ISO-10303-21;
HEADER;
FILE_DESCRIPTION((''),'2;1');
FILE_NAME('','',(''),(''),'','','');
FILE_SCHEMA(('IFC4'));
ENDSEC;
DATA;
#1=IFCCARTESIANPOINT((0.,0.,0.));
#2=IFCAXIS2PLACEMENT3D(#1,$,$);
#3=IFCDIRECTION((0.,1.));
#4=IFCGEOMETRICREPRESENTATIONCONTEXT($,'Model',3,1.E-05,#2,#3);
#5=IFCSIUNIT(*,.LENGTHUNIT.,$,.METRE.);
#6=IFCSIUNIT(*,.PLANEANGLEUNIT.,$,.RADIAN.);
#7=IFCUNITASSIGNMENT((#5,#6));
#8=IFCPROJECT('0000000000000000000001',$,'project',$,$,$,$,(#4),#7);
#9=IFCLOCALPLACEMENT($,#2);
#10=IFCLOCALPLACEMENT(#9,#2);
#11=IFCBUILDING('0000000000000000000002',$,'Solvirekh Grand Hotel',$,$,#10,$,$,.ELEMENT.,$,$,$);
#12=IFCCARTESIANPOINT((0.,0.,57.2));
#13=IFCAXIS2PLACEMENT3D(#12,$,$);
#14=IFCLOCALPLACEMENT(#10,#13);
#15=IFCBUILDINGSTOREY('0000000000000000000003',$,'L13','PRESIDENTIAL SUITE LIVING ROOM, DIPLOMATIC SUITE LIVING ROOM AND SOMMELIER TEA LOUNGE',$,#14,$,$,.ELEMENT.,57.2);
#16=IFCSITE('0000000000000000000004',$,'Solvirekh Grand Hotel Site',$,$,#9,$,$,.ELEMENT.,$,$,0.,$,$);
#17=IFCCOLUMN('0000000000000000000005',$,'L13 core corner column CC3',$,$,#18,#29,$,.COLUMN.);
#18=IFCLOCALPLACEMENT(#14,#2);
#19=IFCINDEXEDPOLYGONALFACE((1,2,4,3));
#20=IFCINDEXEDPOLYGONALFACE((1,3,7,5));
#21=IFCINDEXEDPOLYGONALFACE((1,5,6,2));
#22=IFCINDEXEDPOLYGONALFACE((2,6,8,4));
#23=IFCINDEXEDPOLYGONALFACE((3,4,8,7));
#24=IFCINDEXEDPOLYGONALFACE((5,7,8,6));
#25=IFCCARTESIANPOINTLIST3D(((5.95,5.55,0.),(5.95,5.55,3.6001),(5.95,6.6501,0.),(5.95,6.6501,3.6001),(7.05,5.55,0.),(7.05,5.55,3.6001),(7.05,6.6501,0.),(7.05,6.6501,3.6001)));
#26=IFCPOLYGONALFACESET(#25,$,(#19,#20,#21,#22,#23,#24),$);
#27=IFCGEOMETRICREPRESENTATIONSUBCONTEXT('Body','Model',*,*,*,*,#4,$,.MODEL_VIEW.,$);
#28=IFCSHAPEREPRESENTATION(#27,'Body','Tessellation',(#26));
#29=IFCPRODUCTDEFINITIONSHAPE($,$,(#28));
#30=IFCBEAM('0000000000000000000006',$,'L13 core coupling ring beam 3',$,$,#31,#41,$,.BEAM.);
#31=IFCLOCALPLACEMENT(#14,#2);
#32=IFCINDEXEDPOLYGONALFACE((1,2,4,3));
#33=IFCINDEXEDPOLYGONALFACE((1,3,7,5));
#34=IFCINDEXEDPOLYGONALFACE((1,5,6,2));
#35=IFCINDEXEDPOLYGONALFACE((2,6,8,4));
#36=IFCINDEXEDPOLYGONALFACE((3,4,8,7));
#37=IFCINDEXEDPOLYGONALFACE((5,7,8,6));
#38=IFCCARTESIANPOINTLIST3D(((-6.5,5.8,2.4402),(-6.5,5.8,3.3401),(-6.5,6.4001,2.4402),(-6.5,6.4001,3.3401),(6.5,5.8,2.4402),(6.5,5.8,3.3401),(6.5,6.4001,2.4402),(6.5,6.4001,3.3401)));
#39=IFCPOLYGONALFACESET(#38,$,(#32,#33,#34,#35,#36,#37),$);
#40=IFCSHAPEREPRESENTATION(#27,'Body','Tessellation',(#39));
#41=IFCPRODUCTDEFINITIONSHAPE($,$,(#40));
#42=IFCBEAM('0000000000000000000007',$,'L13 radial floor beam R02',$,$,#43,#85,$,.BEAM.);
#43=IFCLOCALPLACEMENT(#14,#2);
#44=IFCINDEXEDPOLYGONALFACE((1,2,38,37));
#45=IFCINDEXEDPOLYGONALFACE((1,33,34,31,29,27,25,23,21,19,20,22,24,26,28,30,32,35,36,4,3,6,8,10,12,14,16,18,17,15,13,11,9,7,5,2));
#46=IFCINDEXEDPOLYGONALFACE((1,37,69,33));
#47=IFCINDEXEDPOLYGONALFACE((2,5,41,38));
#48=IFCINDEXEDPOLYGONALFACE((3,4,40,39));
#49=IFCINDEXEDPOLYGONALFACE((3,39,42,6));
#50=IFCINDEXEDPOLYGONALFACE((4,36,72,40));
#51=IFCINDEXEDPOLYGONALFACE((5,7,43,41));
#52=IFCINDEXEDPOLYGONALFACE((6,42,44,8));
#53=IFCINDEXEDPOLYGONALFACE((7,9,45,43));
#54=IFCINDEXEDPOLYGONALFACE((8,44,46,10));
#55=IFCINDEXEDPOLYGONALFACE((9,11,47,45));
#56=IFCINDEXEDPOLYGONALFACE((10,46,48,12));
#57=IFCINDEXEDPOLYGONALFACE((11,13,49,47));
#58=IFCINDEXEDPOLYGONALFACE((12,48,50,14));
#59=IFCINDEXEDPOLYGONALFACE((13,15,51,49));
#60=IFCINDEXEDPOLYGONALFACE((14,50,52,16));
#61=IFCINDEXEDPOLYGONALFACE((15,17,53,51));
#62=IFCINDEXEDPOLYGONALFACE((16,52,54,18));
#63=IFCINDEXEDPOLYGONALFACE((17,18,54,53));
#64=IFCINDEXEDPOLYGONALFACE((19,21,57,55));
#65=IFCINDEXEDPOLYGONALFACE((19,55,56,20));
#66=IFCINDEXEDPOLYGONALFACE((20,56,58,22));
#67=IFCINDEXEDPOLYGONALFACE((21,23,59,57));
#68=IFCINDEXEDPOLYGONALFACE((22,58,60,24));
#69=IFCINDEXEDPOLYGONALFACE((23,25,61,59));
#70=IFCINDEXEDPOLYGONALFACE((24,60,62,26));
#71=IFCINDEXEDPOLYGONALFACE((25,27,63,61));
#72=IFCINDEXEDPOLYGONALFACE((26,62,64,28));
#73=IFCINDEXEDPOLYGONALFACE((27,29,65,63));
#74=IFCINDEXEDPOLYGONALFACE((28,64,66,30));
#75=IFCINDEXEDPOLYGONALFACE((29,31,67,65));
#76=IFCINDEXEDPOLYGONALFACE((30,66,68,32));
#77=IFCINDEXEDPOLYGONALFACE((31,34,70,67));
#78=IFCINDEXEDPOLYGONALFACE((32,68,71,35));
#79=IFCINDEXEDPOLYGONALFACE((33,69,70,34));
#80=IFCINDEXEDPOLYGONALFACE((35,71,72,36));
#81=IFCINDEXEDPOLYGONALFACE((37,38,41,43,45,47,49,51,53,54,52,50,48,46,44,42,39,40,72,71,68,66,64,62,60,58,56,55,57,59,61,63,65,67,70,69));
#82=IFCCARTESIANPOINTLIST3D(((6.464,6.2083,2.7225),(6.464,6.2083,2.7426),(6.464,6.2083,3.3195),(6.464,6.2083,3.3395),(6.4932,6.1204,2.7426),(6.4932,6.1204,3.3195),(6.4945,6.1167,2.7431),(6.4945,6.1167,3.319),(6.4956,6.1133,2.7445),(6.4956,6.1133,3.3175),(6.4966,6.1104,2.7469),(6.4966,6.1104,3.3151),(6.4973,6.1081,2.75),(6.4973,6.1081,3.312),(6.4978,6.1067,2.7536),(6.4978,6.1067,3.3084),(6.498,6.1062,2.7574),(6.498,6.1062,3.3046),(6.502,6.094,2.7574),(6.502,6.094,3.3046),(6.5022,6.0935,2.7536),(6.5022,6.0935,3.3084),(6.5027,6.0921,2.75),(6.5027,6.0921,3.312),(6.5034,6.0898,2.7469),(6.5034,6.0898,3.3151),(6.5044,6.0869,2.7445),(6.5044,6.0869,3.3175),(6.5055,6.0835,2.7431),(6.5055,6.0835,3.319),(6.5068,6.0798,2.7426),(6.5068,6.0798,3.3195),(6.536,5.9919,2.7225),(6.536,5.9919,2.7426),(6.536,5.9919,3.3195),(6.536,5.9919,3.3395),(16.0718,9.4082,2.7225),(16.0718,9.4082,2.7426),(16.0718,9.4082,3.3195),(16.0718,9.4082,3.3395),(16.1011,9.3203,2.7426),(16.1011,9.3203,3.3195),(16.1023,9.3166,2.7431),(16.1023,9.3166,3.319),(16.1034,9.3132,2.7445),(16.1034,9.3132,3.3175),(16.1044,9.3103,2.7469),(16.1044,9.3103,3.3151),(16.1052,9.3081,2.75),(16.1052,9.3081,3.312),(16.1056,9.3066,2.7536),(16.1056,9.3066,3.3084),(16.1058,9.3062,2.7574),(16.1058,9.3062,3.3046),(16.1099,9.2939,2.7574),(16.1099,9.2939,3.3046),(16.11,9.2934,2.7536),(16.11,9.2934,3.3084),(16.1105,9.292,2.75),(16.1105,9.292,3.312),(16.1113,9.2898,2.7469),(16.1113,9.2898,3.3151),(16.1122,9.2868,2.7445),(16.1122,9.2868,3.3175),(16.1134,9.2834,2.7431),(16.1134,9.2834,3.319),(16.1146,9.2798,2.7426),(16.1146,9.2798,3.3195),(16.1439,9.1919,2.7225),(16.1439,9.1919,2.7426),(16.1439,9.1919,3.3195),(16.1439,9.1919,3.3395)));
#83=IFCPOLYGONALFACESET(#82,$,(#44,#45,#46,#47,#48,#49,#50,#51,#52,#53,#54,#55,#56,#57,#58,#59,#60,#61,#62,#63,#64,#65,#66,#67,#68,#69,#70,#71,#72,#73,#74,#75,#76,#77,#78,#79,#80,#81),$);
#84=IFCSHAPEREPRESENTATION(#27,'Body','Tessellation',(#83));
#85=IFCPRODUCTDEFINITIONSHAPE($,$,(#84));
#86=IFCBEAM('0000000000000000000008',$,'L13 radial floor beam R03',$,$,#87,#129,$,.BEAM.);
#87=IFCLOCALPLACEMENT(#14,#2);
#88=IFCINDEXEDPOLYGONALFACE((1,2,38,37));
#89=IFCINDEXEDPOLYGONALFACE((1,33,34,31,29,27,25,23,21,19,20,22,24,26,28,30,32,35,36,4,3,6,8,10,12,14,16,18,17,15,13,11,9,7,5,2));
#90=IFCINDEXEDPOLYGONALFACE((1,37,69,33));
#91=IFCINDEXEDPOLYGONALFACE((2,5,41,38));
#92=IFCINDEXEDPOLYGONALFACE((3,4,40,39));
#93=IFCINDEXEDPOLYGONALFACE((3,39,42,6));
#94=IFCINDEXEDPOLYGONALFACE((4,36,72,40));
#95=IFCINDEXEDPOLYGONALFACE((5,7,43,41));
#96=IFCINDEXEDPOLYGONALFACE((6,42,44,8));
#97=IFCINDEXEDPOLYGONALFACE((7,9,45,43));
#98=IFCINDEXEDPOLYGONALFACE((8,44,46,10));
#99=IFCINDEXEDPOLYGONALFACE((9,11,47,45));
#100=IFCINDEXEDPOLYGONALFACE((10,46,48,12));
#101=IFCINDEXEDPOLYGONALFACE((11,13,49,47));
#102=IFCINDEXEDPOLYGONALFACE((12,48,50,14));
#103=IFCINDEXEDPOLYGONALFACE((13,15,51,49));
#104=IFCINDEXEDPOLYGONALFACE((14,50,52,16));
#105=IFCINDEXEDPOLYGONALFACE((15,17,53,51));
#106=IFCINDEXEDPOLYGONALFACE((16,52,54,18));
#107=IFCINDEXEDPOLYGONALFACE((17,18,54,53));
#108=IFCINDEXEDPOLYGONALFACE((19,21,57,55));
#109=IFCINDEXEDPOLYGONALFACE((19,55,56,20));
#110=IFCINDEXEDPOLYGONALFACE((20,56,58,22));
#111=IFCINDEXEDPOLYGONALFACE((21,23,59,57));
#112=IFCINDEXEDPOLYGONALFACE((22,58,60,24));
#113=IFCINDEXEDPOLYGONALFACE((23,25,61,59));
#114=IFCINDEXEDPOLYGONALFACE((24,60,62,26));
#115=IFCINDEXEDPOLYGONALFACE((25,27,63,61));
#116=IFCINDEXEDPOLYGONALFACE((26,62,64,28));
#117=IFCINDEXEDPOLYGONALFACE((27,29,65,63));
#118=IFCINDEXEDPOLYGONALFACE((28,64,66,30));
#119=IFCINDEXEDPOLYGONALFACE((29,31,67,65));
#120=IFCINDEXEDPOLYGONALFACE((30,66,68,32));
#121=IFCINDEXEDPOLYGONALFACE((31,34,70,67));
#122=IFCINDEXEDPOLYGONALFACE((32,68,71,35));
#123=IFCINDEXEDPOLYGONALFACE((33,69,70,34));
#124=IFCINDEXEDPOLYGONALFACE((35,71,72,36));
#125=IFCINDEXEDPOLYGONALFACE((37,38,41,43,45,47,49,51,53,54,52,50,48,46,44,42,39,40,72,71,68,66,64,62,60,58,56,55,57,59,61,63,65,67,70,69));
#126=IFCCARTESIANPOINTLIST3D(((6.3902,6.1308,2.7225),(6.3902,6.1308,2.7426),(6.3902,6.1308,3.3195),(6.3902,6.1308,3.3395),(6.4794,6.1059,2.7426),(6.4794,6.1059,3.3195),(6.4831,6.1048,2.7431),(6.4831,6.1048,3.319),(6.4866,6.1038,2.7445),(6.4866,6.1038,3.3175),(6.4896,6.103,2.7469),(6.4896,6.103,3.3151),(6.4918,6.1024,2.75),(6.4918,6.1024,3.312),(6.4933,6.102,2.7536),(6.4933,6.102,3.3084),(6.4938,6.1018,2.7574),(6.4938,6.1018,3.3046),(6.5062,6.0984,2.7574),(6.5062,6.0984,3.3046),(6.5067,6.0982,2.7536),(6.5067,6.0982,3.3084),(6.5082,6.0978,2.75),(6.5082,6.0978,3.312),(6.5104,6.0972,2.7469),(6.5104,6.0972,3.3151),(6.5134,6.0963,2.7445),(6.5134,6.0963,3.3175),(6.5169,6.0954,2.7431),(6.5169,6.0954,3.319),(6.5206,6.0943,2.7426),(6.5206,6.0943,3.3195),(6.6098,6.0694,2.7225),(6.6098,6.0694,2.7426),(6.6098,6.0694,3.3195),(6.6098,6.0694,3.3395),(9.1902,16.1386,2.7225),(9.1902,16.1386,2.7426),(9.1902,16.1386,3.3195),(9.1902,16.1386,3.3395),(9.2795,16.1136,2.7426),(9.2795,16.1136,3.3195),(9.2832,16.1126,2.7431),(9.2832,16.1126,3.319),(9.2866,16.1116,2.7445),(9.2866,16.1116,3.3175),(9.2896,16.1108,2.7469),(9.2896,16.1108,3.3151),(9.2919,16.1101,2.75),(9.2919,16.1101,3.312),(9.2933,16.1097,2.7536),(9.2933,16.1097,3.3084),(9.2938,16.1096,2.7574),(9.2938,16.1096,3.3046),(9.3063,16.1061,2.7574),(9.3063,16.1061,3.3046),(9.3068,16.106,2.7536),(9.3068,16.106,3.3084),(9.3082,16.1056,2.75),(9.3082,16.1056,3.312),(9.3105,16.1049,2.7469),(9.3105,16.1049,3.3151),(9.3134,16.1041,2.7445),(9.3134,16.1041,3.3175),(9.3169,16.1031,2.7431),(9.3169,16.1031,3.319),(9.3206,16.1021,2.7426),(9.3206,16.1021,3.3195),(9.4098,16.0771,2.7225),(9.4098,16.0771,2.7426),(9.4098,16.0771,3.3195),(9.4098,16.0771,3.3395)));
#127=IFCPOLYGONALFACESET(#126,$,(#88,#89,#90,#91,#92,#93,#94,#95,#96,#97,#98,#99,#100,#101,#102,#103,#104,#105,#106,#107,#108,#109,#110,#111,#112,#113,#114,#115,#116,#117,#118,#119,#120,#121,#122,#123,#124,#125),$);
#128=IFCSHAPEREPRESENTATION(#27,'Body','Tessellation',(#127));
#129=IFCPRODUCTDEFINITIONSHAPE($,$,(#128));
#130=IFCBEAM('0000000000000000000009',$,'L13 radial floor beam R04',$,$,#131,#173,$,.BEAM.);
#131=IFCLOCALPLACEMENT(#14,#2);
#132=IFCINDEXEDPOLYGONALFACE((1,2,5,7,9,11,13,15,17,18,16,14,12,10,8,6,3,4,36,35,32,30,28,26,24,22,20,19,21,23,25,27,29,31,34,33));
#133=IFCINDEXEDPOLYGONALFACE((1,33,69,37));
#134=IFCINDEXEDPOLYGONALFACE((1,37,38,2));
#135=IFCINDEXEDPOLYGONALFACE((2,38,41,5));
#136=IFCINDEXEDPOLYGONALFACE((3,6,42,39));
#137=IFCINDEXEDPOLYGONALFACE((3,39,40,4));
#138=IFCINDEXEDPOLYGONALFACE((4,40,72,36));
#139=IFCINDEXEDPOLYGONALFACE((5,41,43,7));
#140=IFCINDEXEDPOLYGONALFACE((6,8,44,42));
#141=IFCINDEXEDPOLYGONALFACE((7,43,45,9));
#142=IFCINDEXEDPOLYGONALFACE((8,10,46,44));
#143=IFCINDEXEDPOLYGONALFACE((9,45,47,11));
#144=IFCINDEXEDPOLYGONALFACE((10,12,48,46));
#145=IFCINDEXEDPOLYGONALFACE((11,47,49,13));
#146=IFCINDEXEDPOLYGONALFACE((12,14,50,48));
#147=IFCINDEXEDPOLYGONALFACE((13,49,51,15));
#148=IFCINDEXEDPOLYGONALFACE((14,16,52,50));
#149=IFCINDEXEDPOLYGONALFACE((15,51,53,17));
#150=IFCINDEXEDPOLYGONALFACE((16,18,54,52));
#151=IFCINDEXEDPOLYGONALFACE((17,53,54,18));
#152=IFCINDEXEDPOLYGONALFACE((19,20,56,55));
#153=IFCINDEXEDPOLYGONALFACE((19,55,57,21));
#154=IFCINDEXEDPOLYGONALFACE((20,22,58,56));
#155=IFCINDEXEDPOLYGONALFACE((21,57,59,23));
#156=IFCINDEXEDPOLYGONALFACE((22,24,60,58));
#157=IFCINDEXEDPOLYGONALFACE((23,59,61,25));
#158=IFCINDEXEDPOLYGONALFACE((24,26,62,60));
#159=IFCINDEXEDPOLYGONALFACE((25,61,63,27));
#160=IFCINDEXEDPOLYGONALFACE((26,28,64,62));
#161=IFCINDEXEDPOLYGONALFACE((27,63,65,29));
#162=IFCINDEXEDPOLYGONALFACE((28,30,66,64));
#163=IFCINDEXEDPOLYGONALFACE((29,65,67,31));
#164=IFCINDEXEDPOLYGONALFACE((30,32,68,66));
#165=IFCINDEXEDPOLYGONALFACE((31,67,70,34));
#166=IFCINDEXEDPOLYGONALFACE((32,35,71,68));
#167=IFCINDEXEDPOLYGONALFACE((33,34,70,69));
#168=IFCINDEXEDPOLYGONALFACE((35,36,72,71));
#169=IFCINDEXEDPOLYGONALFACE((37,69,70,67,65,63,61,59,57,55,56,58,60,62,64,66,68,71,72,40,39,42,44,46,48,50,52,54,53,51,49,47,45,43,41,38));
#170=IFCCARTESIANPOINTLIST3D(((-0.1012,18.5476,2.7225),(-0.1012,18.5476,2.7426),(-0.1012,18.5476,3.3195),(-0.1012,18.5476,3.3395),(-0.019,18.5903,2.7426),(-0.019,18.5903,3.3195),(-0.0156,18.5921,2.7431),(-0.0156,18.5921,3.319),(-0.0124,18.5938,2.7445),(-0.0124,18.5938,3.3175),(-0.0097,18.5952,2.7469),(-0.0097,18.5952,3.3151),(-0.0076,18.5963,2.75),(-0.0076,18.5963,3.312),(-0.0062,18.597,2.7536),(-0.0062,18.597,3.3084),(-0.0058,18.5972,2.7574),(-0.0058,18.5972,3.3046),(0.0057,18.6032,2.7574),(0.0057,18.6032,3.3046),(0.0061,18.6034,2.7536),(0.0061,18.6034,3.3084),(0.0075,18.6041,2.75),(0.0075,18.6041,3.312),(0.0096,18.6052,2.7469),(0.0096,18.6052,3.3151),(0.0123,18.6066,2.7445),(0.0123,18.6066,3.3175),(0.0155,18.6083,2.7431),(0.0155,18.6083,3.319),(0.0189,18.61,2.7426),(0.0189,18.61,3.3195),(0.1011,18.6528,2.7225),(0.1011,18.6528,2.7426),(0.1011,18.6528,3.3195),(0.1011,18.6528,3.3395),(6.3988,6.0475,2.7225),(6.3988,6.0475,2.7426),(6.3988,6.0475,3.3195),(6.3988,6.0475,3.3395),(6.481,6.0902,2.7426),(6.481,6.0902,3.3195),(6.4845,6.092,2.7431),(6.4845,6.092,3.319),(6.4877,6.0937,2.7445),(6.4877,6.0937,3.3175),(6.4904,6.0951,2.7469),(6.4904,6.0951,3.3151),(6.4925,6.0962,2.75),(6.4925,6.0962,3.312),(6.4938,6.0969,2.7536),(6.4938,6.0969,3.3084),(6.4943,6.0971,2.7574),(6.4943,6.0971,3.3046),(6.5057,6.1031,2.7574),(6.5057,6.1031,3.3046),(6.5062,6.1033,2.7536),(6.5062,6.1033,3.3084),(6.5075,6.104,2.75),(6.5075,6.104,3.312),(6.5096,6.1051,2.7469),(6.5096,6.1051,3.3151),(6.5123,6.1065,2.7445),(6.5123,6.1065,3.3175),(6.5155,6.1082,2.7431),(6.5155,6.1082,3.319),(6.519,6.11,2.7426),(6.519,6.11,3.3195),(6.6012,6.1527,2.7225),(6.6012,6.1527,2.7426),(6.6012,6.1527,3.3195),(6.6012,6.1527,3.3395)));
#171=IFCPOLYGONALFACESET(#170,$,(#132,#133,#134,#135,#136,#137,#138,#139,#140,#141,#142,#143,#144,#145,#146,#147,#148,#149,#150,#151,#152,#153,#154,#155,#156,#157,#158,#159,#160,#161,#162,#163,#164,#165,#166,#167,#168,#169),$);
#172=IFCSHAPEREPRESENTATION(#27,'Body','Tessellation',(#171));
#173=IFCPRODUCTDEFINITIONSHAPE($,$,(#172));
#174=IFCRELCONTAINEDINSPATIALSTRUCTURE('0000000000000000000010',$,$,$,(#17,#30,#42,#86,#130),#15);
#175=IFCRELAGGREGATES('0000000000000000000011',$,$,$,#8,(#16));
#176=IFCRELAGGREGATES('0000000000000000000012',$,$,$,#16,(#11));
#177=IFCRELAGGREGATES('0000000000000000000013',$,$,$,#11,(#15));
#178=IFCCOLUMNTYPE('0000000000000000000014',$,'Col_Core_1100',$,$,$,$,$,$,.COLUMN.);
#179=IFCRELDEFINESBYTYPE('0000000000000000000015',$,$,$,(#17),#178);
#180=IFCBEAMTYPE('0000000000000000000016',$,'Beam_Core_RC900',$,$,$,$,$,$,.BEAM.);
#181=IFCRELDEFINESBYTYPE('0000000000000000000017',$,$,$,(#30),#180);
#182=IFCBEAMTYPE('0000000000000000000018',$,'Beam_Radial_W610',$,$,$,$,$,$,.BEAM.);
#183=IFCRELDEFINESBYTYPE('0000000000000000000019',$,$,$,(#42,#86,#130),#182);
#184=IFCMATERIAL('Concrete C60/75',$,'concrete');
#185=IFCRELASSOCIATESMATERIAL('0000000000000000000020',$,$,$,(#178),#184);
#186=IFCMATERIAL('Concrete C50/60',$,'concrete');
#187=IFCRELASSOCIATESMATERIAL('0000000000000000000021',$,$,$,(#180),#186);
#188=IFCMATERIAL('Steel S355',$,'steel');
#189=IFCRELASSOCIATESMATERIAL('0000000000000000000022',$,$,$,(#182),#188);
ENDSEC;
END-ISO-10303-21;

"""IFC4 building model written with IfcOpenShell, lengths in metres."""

from ifc_helpers import new_model, si_unit, direction, frame, origin, origin_2d, place, context, subcontext, project, spatial, rectangle, i_section, extrude, material, material_profile, profile_set, type_object, element, save


model = new_model("IFC4")

# Units and contexts
model_context = context("Model", 3, precision=1e-05, world=origin(), true_north=direction((0.0, 1.0)))
body_context = subcontext(model_context, "Body", "Model", "MODEL_VIEW")
ifc_project = project(units=[si_unit("LENGTHUNIT", "METRE"), si_unit("PLANEANGLEUNIT", "RADIAN")], contexts=[model_context])

# Site, building, storey
site_placement = place(None, origin())
site = spatial("IfcSite", under=ifc_project, at=site_placement, Name="Solvirekh Grand Hotel Site", CompositionType="ELEMENT", RefElevation=0.0)
building_placement = place(site_placement, origin())
building = spatial("IfcBuilding", under=site, at=building_placement, Name="Solvirekh Grand Hotel", CompositionType="ELEMENT")
storey_placement = place(building_placement, frame((0.0, 0.0, 57.2)))
storey = spatial("IfcBuildingStorey", under=building, at=storey_placement, Name="L13", Description="PRESIDENTIAL SUITE LIVING ROOM, DIPLOMATIC SUITE LIVING ROOM AND SOMMELIER TEA LOUNGE", CompositionType="ELEMENT", Elevation=57.2)

# Column
ifc_material_1 = material(Name="Concrete C60/75", Category="concrete")
ifc_material_profile_1 = material_profile(ifc_material_1, rectangle(XDim=1.1001, YDim=1.1001, at=origin_2d()), Name="RC 1100X1100")
ifc_profile_set_1 = profile_set([ifc_material_profile_1], Name="Concrete C60/75")
column_type = type_object("IfcColumnType", Name="Col_Core_1100", PredefinedType="COLUMN", material=ifc_profile_set_1)
column_placement = place(storey_placement, frame((6.5, 6.1001, 0.0), z_axis=(0.0, 0.0, 1.0), x_axis=(1.0, 0.0, 0.0)))
element("IfcColumn", 1, at=column_placement, inside=storey, type_object=column_type, Name="L13 core corner column CC3", PredefinedType="COLUMN", context=body_context, shape_type="SweptSolid", body=[
    extrude(rectangle(XDim=1.1001, YDim=1.1001, at=origin_2d()), origin(), (0.0, 0.0, 1.0), 3.6001),
])

# Beams
ifc_material_2 = material(Name="Concrete C50/60", Category="concrete")
ifc_material_profile_2 = material_profile(ifc_material_2, rectangle(XDim=0.6001, YDim=0.8999, at=origin_2d()), Name="RC BEAM 600X900")
ifc_profile_set_2 = profile_set([ifc_material_profile_2], Name="Concrete C50/60")
beam_type_1 = type_object("IfcBeamType", Name="Beam_Core_RC900", PredefinedType="BEAM", material=ifc_profile_set_2)
beam_1_placement = place(storey_placement, frame((6.5, 6.1001, 2.8901), z_axis=(-1.0, 0.0, 0.0), x_axis=(0.0, -1.0, 0.0)))
element("IfcBeam", 2, at=beam_1_placement, inside=storey, type_object=beam_type_1, Name="L13 core coupling ring beam 3", PredefinedType="BEAM", context=body_context, shape_type="SweptSolid", body=[
    extrude(rectangle(XDim=0.6001, YDim=0.8999, at=origin_2d()), origin(), (0.0, 0.0, 1.0), 13.0),
])
ifc_material_3 = material(Name="Steel S355", Category="steel")
ifc_material_profile_3 = material_profile(ifc_material_3, i_section(OverallWidth=0.228, OverallDepth=0.6169, WebThickness=0.0129, FlangeThickness=0.02, FilletRadius=0.0149, at=origin_2d()), Name="W610X140")
ifc_profile_set_3 = profile_set([ifc_material_profile_3], Name="Steel S355")
beam_type_2 = type_object("IfcBeamType", Name="Beam_Radial_W610", PredefinedType="BEAM", material=ifc_profile_set_3)
beam_2_placement = place(storey_placement, frame((6.5, 6.1001, 3.031), z_axis=(0.948763, 0.315989, 0.0), x_axis=(-0.315989, 0.948763, 0.0)))
element("IfcBeam", 3, at=beam_2_placement, inside=storey, type_object=beam_type_2, Name="L13 radial floor beam R02", PredefinedType="BEAM", context=body_context, shape_type="SweptSolid", body=[
    extrude(i_section(OverallWidth=0.228, OverallDepth=0.6169, WebThickness=0.0129, FlangeThickness=0.02, FilletRadius=0.0149, at=origin_2d()), origin(), (0.0, 0.0, 1.0), 10.1267),
])
beam_3_placement = place(storey_placement, frame((6.5, 6.1001, 3.031), z_axis=(0.269439, 0.963017, 0.0), x_axis=(-0.963017, 0.269439, 0.0)))
element("IfcBeam", 4, at=beam_3_placement, inside=storey, type_object=beam_type_2, Name="L13 radial floor beam R03", PredefinedType="BEAM", context=body_context, shape_type="SweptSolid", body=[
    extrude(i_section(OverallWidth=0.228, OverallDepth=0.6169, WebThickness=0.0129, FlangeThickness=0.02, FilletRadius=0.0149, at=origin_2d()), origin(), (0.0, 0.0, 1.0), 10.3921),
])
beam_4_placement = place(storey_placement, frame((6.5, 6.1001, 3.031), z_axis=(-0.461353, 0.887217, 0.0), x_axis=(-0.887217, -0.461353, 0.0)))
element("IfcBeam", 5, at=beam_4_placement, inside=storey, type_object=beam_type_2, Name="L13 radial floor beam R04", PredefinedType="BEAM", context=body_context, shape_type="SweptSolid", body=[
    extrude(i_section(OverallWidth=0.228, OverallDepth=0.6169, WebThickness=0.0129, FlangeThickness=0.02, FilletRadius=0.0149, at=origin_2d()), origin(), (0.0, 0.0, 1.0), 14.0891),
])

save(model, "model.ifc")
